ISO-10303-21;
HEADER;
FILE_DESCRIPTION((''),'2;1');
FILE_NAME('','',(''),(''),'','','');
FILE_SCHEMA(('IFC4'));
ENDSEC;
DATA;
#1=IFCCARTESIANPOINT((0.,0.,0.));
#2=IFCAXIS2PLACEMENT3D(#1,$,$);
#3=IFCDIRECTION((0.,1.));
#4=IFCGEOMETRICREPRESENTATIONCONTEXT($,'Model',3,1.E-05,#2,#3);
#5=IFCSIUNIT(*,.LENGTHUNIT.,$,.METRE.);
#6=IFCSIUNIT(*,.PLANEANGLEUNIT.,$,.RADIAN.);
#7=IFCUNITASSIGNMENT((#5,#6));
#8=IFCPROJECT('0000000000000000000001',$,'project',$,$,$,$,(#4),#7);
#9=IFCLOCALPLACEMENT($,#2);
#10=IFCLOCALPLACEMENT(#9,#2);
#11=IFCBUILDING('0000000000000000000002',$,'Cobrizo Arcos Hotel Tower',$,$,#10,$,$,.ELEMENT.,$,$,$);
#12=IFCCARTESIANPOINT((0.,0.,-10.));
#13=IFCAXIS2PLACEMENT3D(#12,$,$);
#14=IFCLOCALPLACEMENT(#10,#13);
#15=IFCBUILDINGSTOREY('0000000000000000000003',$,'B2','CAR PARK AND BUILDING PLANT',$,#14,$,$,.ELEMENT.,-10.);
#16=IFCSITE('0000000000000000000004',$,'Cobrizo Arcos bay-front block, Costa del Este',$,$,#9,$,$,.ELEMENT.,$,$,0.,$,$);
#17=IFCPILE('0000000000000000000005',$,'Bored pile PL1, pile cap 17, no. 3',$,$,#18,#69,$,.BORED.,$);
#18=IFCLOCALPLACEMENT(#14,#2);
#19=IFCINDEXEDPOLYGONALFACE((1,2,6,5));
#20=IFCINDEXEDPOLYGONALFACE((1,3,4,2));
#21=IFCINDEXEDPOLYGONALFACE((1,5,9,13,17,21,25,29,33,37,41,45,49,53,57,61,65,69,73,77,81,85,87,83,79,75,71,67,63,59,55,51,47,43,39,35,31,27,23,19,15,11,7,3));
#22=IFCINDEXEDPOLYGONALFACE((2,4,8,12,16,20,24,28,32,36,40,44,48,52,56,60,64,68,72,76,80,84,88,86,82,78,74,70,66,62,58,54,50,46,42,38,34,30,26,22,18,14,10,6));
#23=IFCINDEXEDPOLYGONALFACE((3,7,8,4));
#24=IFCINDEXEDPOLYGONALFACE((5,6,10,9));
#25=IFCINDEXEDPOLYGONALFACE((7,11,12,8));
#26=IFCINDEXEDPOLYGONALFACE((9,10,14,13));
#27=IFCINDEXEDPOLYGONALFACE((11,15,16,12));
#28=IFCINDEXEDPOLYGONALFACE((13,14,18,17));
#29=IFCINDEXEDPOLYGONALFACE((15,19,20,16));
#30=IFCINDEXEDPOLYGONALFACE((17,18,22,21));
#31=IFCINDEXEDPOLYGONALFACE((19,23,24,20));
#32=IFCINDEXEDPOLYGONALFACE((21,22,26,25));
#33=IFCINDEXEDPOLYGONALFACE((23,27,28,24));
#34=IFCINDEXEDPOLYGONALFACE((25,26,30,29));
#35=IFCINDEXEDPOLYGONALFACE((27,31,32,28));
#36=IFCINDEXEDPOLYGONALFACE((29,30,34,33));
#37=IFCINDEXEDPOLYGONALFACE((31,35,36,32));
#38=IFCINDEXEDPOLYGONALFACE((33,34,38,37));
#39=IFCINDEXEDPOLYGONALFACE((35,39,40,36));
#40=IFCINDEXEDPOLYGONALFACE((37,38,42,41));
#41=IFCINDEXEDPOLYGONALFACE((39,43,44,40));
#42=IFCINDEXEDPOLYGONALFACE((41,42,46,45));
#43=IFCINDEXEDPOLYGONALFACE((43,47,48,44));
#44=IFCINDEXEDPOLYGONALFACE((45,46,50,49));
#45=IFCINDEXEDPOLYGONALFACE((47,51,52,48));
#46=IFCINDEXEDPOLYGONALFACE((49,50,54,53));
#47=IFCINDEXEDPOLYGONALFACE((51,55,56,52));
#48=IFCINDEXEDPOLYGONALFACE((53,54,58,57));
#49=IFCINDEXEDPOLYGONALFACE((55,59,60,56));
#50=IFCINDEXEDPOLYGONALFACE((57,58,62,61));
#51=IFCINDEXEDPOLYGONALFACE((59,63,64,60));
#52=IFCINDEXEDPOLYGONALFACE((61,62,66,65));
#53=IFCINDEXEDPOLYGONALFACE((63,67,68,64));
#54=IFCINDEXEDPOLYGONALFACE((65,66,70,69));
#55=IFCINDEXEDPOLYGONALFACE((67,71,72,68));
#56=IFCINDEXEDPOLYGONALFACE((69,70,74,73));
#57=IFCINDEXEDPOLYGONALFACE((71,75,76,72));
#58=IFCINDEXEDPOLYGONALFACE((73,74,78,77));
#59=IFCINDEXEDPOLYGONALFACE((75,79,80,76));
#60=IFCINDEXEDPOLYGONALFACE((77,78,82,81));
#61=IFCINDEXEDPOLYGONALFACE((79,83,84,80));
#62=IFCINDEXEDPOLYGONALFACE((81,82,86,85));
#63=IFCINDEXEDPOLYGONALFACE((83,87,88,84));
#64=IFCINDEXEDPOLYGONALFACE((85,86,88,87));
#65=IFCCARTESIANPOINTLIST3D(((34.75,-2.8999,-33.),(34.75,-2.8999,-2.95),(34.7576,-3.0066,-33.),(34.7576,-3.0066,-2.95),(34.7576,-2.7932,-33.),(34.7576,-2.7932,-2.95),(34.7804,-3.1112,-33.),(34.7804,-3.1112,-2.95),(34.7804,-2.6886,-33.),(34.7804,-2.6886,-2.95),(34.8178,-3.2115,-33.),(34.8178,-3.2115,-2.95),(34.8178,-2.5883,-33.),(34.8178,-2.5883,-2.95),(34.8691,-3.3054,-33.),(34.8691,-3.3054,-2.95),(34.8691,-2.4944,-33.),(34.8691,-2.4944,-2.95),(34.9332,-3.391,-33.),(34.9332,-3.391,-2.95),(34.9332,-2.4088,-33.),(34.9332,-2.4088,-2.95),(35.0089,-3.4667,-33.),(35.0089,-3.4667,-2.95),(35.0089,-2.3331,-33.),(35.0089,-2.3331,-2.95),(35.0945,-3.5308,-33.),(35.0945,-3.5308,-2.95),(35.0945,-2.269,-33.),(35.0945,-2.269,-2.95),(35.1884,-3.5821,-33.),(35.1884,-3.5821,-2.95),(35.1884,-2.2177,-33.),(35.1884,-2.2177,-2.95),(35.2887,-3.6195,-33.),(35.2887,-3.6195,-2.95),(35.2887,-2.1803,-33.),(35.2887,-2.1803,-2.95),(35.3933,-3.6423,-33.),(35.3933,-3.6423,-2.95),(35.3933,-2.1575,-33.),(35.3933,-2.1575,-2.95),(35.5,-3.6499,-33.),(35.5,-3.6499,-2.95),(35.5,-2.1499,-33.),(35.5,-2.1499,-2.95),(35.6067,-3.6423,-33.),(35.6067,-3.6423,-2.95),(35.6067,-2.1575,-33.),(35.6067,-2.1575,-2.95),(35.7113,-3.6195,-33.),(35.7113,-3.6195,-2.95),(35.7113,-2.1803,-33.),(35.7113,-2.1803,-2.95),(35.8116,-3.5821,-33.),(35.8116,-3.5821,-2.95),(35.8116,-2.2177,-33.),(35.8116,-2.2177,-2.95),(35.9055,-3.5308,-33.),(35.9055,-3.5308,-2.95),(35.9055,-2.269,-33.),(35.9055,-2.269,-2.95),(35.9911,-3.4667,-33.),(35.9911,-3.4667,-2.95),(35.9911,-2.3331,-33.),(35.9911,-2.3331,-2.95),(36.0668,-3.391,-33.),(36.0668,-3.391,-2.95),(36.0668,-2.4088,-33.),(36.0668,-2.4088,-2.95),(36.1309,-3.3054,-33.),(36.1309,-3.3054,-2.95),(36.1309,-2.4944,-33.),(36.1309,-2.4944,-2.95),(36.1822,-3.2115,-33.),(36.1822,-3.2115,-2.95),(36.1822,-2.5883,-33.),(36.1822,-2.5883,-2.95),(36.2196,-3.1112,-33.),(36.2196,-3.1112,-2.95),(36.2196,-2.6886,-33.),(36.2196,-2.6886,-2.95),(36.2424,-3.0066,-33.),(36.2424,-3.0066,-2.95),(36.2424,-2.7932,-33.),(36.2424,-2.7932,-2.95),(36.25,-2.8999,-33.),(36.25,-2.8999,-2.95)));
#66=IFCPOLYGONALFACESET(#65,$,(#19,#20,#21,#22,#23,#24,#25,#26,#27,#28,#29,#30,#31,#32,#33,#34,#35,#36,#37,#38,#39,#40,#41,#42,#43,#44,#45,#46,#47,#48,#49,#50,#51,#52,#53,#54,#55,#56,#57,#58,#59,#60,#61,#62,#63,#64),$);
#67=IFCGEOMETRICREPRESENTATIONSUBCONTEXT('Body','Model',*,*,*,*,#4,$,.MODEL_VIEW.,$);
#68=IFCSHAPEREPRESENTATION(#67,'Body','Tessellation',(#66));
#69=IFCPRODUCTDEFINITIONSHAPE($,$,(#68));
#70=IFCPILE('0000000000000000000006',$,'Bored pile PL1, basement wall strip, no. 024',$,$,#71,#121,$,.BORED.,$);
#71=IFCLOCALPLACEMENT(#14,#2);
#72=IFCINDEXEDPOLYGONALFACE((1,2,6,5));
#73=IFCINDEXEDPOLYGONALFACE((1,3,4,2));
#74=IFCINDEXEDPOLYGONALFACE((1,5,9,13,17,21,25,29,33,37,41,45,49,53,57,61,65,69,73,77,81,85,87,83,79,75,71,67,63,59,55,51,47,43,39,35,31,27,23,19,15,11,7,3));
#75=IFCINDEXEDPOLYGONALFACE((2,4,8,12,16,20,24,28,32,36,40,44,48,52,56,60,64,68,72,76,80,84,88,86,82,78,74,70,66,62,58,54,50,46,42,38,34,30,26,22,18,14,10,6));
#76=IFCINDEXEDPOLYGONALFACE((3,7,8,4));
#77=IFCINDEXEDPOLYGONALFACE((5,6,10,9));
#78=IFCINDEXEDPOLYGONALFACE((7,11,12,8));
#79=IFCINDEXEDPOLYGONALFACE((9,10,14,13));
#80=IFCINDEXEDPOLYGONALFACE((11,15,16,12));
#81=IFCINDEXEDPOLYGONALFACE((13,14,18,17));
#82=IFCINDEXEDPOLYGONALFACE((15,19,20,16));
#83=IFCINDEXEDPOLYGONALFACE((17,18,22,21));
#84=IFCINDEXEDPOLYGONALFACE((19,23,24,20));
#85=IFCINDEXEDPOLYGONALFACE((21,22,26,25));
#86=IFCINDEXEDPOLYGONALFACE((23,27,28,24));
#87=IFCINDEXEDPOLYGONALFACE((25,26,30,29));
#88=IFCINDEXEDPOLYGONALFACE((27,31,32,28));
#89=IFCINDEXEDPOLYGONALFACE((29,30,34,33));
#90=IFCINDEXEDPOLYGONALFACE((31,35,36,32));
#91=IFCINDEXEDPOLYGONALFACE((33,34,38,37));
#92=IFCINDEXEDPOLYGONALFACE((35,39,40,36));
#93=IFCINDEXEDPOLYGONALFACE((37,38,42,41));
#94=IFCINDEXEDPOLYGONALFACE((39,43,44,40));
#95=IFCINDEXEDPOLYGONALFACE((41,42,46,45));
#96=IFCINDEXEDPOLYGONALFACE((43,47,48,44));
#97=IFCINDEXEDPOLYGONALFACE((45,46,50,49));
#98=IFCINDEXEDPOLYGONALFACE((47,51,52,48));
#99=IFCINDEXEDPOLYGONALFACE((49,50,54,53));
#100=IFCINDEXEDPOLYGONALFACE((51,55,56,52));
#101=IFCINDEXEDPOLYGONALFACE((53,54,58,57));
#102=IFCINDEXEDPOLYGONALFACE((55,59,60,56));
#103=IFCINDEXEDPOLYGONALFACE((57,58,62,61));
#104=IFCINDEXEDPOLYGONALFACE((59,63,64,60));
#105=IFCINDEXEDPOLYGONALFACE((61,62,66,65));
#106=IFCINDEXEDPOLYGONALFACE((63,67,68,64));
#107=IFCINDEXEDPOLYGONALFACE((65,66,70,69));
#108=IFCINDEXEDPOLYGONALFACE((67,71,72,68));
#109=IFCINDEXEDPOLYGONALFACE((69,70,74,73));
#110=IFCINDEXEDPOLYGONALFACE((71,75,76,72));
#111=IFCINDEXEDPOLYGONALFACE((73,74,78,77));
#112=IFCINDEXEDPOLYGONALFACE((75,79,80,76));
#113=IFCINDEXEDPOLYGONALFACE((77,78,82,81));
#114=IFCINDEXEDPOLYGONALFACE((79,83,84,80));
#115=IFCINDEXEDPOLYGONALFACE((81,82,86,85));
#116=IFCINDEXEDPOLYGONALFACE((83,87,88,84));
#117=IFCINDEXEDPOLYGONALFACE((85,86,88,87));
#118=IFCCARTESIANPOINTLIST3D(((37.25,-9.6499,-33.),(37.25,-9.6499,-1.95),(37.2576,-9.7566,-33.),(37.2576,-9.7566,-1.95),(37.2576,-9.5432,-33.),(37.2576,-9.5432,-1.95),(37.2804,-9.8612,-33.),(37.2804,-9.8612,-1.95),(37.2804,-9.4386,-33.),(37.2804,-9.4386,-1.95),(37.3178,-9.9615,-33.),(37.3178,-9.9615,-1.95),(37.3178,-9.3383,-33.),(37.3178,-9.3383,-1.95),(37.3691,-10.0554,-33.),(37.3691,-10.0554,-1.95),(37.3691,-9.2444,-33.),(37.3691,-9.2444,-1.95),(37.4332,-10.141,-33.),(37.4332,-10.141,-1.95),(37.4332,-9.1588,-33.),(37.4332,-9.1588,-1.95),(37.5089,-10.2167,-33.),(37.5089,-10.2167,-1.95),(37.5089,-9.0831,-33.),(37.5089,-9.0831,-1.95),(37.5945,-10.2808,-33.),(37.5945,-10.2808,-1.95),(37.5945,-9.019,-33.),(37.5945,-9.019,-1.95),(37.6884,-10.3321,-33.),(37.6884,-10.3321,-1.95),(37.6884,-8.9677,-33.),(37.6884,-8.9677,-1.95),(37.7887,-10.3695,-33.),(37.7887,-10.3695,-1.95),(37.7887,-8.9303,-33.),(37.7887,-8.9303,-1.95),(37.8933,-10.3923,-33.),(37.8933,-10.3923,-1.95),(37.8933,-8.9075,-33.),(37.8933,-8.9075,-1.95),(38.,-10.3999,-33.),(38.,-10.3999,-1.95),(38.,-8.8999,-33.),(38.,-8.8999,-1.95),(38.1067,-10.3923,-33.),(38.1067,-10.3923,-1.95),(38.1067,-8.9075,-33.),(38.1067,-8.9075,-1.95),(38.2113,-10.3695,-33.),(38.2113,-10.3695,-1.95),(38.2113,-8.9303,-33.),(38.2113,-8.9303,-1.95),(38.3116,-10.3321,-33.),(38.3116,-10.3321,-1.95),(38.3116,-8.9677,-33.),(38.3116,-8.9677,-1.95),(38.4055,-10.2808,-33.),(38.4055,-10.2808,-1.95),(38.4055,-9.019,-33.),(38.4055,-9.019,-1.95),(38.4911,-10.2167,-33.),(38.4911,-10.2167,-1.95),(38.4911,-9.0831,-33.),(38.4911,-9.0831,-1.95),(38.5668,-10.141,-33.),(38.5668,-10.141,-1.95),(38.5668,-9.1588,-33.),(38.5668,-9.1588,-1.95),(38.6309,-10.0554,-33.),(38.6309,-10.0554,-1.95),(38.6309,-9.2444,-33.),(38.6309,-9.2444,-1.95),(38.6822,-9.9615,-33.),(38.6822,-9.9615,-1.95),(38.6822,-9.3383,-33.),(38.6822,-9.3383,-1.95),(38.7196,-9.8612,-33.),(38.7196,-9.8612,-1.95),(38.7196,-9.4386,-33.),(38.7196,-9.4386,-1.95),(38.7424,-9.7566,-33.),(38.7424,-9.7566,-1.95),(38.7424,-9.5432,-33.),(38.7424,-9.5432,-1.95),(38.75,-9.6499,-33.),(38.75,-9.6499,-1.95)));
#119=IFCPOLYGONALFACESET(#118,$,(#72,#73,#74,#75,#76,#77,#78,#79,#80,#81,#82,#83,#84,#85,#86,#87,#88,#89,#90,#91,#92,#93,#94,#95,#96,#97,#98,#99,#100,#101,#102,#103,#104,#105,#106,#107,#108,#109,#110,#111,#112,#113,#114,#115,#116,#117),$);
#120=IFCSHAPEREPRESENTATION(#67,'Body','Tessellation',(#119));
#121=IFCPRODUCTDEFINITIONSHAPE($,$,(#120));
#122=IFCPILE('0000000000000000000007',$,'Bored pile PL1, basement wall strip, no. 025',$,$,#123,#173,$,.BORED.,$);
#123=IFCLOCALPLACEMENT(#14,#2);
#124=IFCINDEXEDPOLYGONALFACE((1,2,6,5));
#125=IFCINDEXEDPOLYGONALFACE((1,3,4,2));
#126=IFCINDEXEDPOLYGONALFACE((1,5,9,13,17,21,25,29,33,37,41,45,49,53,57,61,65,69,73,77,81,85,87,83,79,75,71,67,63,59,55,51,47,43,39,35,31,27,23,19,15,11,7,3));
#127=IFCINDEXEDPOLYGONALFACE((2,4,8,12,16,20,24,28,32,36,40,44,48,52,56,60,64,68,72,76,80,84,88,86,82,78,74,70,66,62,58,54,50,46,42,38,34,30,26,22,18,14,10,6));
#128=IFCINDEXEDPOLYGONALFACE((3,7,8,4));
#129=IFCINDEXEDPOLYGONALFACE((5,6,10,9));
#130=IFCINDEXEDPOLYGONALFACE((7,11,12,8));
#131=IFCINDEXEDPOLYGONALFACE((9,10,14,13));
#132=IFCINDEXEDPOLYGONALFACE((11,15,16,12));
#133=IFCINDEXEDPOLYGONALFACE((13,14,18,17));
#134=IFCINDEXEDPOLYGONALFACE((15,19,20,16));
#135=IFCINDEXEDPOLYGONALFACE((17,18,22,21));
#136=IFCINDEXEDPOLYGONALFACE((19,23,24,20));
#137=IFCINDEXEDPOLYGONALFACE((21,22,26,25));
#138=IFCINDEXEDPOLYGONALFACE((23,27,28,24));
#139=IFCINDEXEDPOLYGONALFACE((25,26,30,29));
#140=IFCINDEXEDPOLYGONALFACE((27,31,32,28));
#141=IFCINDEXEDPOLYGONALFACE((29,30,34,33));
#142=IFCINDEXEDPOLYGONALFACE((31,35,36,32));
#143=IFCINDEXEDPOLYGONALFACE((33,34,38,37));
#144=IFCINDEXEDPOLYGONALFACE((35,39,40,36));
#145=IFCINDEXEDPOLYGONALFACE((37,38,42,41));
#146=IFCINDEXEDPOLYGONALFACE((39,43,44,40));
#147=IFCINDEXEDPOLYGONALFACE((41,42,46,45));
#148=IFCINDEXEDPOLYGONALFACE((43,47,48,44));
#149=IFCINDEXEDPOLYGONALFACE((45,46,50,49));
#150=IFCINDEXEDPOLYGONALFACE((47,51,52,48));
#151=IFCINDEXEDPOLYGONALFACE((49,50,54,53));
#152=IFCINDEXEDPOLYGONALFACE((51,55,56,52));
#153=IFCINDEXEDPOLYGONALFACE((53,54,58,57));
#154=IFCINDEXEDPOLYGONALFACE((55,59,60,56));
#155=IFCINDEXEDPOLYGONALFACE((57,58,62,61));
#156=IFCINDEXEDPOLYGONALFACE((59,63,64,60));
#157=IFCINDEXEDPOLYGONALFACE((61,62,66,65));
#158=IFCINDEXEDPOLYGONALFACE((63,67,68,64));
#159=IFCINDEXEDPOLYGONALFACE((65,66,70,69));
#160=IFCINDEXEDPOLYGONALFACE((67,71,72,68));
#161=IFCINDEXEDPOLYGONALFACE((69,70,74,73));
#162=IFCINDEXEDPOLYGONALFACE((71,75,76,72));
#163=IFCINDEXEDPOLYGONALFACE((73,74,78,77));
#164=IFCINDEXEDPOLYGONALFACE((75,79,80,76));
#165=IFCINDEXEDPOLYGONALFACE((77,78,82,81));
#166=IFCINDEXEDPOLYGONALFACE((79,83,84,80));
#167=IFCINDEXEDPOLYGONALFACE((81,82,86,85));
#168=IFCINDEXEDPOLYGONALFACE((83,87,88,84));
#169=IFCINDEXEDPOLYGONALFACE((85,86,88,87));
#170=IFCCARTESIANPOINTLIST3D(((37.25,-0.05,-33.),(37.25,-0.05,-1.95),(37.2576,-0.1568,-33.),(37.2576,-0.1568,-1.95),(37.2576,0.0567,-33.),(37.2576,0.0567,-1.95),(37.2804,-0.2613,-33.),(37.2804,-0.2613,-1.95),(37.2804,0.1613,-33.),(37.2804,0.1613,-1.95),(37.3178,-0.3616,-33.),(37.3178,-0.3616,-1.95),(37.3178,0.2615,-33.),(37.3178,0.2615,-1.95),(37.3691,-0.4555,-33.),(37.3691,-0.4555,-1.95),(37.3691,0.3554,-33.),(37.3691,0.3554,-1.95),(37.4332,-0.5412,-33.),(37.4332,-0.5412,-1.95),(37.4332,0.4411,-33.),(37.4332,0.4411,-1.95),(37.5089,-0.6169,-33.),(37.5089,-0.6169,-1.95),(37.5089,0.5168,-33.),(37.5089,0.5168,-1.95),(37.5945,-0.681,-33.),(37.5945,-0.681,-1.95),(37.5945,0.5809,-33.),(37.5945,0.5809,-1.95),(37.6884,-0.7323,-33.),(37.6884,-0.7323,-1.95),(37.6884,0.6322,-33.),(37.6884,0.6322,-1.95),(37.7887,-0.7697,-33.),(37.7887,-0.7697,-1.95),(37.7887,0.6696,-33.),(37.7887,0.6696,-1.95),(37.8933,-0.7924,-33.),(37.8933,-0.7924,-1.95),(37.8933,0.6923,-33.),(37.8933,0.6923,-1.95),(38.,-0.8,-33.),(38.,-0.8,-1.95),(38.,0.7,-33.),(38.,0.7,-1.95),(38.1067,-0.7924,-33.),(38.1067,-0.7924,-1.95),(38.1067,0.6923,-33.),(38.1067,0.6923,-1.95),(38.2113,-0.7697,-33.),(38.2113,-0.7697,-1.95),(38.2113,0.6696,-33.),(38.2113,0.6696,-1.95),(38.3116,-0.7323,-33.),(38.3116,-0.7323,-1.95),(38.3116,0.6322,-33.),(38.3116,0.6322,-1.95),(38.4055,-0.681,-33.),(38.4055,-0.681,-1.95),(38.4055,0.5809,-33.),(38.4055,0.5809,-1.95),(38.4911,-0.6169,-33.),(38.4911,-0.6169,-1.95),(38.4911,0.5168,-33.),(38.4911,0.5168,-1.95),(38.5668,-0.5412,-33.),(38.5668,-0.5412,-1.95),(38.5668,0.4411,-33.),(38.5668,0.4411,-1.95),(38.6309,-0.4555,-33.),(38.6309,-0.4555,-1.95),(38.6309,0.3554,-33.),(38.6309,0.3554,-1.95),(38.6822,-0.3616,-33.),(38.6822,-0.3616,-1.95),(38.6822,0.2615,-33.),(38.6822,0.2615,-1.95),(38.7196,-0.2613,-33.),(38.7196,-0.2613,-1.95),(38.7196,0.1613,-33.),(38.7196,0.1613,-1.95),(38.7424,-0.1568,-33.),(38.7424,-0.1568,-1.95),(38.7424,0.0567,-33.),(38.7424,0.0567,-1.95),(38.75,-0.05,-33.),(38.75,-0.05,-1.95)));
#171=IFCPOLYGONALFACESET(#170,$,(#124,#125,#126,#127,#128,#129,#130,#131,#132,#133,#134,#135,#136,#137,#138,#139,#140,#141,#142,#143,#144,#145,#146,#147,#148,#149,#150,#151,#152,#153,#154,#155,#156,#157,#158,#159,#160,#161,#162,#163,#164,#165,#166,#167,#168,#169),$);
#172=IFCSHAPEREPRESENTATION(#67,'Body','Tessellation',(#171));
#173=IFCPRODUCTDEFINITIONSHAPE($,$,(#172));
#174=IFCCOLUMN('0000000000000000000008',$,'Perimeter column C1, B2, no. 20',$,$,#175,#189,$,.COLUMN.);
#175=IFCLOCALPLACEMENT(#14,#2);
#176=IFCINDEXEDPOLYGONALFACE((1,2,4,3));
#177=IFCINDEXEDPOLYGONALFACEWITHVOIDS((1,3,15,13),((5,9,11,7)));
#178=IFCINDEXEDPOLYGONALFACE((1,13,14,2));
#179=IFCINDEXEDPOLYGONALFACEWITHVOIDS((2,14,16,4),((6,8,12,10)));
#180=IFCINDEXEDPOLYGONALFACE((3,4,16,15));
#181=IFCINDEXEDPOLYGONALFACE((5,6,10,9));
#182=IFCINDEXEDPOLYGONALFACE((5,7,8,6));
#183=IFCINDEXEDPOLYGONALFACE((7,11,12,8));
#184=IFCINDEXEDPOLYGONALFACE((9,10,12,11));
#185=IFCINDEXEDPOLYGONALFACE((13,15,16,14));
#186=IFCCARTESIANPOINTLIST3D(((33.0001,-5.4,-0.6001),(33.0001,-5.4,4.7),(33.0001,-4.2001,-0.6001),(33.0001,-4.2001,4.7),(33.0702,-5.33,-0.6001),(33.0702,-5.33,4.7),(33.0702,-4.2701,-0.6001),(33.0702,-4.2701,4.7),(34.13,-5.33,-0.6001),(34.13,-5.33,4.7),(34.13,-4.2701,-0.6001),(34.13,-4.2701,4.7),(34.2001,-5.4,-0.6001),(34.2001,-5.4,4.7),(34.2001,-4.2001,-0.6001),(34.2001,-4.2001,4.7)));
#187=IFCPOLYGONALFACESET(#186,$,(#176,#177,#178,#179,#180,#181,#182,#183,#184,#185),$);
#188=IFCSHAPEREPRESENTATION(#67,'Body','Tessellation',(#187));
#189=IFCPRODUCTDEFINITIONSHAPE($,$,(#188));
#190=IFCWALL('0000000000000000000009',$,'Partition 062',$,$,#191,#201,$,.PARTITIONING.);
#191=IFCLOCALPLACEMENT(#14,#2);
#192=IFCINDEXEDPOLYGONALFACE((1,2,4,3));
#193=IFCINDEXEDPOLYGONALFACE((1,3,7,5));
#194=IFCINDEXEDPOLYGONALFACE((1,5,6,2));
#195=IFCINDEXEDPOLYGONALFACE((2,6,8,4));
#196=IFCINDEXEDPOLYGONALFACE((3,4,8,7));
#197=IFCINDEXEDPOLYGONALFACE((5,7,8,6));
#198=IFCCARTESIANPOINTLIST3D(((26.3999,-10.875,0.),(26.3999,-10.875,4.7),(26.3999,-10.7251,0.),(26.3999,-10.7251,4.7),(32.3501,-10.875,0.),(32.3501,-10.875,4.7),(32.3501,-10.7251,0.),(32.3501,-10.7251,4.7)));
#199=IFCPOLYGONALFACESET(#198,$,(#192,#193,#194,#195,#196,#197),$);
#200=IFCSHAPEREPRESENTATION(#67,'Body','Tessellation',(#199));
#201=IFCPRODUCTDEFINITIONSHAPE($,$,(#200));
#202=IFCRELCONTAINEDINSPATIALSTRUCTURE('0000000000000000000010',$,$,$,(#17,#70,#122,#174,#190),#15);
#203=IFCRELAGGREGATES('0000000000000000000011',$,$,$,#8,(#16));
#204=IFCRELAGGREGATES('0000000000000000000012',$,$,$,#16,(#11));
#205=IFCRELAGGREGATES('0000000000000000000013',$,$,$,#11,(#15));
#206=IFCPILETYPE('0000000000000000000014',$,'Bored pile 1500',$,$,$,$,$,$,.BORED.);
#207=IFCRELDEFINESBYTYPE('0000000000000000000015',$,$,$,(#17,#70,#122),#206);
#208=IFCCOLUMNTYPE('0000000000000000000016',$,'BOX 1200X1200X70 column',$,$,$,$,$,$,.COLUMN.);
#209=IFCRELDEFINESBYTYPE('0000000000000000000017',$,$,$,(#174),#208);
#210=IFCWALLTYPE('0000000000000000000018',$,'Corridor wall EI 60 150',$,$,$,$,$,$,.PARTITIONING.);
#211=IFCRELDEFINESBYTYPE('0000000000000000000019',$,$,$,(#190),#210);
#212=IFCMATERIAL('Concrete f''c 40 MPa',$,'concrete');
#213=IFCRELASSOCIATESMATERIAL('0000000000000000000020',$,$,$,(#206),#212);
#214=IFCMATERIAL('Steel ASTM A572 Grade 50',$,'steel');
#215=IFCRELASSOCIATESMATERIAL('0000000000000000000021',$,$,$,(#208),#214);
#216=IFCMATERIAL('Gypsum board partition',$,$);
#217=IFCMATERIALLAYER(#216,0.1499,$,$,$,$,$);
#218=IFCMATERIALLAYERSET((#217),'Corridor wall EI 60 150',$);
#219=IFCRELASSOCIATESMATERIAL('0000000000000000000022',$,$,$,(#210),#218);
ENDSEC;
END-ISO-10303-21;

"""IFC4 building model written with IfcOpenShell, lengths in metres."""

from ifc_helpers import new_model, si_unit, direction, frame, frame_2d, origin, origin_2d, place, context, subcontext, project, spatial, rectangle, hollow_rectangle, circle, extrude, material, layer, layer_set, material_profile, profile_set, type_object, element, save


model = new_model("IFC4")

# Units and contexts
model_context = context("Model", 3, precision=1e-05, world=origin(), true_north=direction((0.0, 1.0)))
body_context = subcontext(model_context, "Body", "Model", "MODEL_VIEW")
ifc_project = project(units=[si_unit("LENGTHUNIT", "METRE"), si_unit("PLANEANGLEUNIT", "RADIAN")], contexts=[model_context])

# Site, building, storey
site_placement = place(None, origin())
site = spatial("IfcSite", under=ifc_project, at=site_placement, Name="Cobrizo Arcos bay-front block, Costa del Este", CompositionType="ELEMENT", RefElevation=0.0)
building_placement = place(site_placement, origin())
building = spatial("IfcBuilding", under=site, at=building_placement, Name="Cobrizo Arcos Hotel Tower", CompositionType="ELEMENT")
storey_placement = place(building_placement, frame((0.0, 0.0, -10.0)))
storey = spatial("IfcBuildingStorey", under=building, at=storey_placement, Name="B2", Description="CAR PARK AND BUILDING PLANT", CompositionType="ELEMENT", Elevation=-10.0)

# Piles
ifc_material_1 = material(Name="Concrete f'c 40 MPa", Category="concrete")
ifc_material_profile_1 = material_profile(ifc_material_1, circle(Radius=0.75, at=origin_2d()), Name="BORED PILE 1500")
ifc_profile_set_1 = profile_set([ifc_material_profile_1], Name="Concrete f'c 40 MPa")
pile_type = type_object("IfcPileType", Name="Bored pile 1500", PredefinedType="BORED", material=ifc_profile_set_1)
for number, where, z_axis, x_axis, name in (
    (1, (35.5, -2.8999, -2.95), (0.0, 0.0, -1.0), (1.0, 0.0, 0.0), "Bored pile PL1, pile cap 17, no. 3"),
):
    element("IfcPile", number, at=place(storey_placement, frame(where, z_axis=z_axis, x_axis=x_axis)), inside=storey, type_object=pile_type, Name=name, PredefinedType="BORED", context=body_context, shape_type="SweptSolid", body=[
        extrude(circle(Radius=0.75, at=origin_2d()), origin(), (0.0, 0.0, 1.0), 30.05),
    ])
for number, where, z_axis, x_axis, name in (
    (2, (38.0, -9.6499, -1.95), (0.0, 0.0, -1.0), (1.0, 0.0, 0.0), "Bored pile PL1, basement wall strip, no. 024"),
    (3, (38.0, -0.05, -1.95), (0.0, 0.0, -1.0), (1.0, 0.0, 0.0), "Bored pile PL1, basement wall strip, no. 025"),
):
    element("IfcPile", number, at=place(storey_placement, frame(where, z_axis=z_axis, x_axis=x_axis)), inside=storey, type_object=pile_type, Name=name, PredefinedType="BORED", context=body_context, shape_type="SweptSolid", body=[
        extrude(circle(Radius=0.75, at=origin_2d()), origin(), (0.0, 0.0, 1.0), 31.05),
    ])

# Column
ifc_material_2 = material(Name="Steel ASTM A572 Grade 50", Category="steel")
ifc_material_profile_2 = material_profile(ifc_material_2, hollow_rectangle(XDim=1.2, YDim=1.2, WallThickness=0.0701, at=origin_2d()), Name="BOX 1200X1200X70")
ifc_profile_set_2 = profile_set([ifc_material_profile_2], Name="Steel ASTM A572 Grade 50")
column_type = type_object("IfcColumnType", Name="BOX 1200X1200X70 column", PredefinedType="COLUMN", material=ifc_profile_set_2)
column_placement = place(storey_placement, frame((33.6001, -4.8, -0.6001), z_axis=(0.0, 0.0, 1.0), x_axis=(1.0, 0.0, 0.0)))
element("IfcColumn", 4, at=column_placement, inside=storey, type_object=column_type, Name="Perimeter column C1, B2, no. 20", PredefinedType="COLUMN", context=body_context, shape_type="SweptSolid", body=[
    extrude(hollow_rectangle(XDim=1.2, YDim=1.2, WallThickness=0.0701, at=origin_2d()), origin(), (0.0, 0.0, 1.0), 5.3),
])

# Wall
ifc_material_3 = material(Name="Gypsum board partition")
ifc_layer_1 = layer(ifc_material_3, 0.1499)
ifc_layer_set_1 = layer_set([ifc_layer_1], Name="Corridor wall EI 60 150")
wall_type_1 = type_object("IfcWallType", Name="Corridor wall EI 60 150", PredefinedType="PARTITIONING", material=ifc_layer_set_1)
for number, where, z_axis, x_axis, name in (
    (5, (26.3999, -10.8, 0.0), (0.0, 0.0, 1.0), (1.0, 0.0, 0.0), "Partition 062"),
):
    element("IfcWall", number, at=place(storey_placement, frame(where, z_axis=z_axis, x_axis=x_axis)), inside=storey, type_object=wall_type_1, Name=name, PredefinedType="PARTITIONING", context=body_context, shape_type="SweptSolid", body=[
        extrude(rectangle(XDim=5.9502, YDim=0.1499, at=frame_2d((2.9751, 0.0))), origin(), (0.0, 0.0, 1.0), 4.7),
    ])

save(model, "model.ifc")
